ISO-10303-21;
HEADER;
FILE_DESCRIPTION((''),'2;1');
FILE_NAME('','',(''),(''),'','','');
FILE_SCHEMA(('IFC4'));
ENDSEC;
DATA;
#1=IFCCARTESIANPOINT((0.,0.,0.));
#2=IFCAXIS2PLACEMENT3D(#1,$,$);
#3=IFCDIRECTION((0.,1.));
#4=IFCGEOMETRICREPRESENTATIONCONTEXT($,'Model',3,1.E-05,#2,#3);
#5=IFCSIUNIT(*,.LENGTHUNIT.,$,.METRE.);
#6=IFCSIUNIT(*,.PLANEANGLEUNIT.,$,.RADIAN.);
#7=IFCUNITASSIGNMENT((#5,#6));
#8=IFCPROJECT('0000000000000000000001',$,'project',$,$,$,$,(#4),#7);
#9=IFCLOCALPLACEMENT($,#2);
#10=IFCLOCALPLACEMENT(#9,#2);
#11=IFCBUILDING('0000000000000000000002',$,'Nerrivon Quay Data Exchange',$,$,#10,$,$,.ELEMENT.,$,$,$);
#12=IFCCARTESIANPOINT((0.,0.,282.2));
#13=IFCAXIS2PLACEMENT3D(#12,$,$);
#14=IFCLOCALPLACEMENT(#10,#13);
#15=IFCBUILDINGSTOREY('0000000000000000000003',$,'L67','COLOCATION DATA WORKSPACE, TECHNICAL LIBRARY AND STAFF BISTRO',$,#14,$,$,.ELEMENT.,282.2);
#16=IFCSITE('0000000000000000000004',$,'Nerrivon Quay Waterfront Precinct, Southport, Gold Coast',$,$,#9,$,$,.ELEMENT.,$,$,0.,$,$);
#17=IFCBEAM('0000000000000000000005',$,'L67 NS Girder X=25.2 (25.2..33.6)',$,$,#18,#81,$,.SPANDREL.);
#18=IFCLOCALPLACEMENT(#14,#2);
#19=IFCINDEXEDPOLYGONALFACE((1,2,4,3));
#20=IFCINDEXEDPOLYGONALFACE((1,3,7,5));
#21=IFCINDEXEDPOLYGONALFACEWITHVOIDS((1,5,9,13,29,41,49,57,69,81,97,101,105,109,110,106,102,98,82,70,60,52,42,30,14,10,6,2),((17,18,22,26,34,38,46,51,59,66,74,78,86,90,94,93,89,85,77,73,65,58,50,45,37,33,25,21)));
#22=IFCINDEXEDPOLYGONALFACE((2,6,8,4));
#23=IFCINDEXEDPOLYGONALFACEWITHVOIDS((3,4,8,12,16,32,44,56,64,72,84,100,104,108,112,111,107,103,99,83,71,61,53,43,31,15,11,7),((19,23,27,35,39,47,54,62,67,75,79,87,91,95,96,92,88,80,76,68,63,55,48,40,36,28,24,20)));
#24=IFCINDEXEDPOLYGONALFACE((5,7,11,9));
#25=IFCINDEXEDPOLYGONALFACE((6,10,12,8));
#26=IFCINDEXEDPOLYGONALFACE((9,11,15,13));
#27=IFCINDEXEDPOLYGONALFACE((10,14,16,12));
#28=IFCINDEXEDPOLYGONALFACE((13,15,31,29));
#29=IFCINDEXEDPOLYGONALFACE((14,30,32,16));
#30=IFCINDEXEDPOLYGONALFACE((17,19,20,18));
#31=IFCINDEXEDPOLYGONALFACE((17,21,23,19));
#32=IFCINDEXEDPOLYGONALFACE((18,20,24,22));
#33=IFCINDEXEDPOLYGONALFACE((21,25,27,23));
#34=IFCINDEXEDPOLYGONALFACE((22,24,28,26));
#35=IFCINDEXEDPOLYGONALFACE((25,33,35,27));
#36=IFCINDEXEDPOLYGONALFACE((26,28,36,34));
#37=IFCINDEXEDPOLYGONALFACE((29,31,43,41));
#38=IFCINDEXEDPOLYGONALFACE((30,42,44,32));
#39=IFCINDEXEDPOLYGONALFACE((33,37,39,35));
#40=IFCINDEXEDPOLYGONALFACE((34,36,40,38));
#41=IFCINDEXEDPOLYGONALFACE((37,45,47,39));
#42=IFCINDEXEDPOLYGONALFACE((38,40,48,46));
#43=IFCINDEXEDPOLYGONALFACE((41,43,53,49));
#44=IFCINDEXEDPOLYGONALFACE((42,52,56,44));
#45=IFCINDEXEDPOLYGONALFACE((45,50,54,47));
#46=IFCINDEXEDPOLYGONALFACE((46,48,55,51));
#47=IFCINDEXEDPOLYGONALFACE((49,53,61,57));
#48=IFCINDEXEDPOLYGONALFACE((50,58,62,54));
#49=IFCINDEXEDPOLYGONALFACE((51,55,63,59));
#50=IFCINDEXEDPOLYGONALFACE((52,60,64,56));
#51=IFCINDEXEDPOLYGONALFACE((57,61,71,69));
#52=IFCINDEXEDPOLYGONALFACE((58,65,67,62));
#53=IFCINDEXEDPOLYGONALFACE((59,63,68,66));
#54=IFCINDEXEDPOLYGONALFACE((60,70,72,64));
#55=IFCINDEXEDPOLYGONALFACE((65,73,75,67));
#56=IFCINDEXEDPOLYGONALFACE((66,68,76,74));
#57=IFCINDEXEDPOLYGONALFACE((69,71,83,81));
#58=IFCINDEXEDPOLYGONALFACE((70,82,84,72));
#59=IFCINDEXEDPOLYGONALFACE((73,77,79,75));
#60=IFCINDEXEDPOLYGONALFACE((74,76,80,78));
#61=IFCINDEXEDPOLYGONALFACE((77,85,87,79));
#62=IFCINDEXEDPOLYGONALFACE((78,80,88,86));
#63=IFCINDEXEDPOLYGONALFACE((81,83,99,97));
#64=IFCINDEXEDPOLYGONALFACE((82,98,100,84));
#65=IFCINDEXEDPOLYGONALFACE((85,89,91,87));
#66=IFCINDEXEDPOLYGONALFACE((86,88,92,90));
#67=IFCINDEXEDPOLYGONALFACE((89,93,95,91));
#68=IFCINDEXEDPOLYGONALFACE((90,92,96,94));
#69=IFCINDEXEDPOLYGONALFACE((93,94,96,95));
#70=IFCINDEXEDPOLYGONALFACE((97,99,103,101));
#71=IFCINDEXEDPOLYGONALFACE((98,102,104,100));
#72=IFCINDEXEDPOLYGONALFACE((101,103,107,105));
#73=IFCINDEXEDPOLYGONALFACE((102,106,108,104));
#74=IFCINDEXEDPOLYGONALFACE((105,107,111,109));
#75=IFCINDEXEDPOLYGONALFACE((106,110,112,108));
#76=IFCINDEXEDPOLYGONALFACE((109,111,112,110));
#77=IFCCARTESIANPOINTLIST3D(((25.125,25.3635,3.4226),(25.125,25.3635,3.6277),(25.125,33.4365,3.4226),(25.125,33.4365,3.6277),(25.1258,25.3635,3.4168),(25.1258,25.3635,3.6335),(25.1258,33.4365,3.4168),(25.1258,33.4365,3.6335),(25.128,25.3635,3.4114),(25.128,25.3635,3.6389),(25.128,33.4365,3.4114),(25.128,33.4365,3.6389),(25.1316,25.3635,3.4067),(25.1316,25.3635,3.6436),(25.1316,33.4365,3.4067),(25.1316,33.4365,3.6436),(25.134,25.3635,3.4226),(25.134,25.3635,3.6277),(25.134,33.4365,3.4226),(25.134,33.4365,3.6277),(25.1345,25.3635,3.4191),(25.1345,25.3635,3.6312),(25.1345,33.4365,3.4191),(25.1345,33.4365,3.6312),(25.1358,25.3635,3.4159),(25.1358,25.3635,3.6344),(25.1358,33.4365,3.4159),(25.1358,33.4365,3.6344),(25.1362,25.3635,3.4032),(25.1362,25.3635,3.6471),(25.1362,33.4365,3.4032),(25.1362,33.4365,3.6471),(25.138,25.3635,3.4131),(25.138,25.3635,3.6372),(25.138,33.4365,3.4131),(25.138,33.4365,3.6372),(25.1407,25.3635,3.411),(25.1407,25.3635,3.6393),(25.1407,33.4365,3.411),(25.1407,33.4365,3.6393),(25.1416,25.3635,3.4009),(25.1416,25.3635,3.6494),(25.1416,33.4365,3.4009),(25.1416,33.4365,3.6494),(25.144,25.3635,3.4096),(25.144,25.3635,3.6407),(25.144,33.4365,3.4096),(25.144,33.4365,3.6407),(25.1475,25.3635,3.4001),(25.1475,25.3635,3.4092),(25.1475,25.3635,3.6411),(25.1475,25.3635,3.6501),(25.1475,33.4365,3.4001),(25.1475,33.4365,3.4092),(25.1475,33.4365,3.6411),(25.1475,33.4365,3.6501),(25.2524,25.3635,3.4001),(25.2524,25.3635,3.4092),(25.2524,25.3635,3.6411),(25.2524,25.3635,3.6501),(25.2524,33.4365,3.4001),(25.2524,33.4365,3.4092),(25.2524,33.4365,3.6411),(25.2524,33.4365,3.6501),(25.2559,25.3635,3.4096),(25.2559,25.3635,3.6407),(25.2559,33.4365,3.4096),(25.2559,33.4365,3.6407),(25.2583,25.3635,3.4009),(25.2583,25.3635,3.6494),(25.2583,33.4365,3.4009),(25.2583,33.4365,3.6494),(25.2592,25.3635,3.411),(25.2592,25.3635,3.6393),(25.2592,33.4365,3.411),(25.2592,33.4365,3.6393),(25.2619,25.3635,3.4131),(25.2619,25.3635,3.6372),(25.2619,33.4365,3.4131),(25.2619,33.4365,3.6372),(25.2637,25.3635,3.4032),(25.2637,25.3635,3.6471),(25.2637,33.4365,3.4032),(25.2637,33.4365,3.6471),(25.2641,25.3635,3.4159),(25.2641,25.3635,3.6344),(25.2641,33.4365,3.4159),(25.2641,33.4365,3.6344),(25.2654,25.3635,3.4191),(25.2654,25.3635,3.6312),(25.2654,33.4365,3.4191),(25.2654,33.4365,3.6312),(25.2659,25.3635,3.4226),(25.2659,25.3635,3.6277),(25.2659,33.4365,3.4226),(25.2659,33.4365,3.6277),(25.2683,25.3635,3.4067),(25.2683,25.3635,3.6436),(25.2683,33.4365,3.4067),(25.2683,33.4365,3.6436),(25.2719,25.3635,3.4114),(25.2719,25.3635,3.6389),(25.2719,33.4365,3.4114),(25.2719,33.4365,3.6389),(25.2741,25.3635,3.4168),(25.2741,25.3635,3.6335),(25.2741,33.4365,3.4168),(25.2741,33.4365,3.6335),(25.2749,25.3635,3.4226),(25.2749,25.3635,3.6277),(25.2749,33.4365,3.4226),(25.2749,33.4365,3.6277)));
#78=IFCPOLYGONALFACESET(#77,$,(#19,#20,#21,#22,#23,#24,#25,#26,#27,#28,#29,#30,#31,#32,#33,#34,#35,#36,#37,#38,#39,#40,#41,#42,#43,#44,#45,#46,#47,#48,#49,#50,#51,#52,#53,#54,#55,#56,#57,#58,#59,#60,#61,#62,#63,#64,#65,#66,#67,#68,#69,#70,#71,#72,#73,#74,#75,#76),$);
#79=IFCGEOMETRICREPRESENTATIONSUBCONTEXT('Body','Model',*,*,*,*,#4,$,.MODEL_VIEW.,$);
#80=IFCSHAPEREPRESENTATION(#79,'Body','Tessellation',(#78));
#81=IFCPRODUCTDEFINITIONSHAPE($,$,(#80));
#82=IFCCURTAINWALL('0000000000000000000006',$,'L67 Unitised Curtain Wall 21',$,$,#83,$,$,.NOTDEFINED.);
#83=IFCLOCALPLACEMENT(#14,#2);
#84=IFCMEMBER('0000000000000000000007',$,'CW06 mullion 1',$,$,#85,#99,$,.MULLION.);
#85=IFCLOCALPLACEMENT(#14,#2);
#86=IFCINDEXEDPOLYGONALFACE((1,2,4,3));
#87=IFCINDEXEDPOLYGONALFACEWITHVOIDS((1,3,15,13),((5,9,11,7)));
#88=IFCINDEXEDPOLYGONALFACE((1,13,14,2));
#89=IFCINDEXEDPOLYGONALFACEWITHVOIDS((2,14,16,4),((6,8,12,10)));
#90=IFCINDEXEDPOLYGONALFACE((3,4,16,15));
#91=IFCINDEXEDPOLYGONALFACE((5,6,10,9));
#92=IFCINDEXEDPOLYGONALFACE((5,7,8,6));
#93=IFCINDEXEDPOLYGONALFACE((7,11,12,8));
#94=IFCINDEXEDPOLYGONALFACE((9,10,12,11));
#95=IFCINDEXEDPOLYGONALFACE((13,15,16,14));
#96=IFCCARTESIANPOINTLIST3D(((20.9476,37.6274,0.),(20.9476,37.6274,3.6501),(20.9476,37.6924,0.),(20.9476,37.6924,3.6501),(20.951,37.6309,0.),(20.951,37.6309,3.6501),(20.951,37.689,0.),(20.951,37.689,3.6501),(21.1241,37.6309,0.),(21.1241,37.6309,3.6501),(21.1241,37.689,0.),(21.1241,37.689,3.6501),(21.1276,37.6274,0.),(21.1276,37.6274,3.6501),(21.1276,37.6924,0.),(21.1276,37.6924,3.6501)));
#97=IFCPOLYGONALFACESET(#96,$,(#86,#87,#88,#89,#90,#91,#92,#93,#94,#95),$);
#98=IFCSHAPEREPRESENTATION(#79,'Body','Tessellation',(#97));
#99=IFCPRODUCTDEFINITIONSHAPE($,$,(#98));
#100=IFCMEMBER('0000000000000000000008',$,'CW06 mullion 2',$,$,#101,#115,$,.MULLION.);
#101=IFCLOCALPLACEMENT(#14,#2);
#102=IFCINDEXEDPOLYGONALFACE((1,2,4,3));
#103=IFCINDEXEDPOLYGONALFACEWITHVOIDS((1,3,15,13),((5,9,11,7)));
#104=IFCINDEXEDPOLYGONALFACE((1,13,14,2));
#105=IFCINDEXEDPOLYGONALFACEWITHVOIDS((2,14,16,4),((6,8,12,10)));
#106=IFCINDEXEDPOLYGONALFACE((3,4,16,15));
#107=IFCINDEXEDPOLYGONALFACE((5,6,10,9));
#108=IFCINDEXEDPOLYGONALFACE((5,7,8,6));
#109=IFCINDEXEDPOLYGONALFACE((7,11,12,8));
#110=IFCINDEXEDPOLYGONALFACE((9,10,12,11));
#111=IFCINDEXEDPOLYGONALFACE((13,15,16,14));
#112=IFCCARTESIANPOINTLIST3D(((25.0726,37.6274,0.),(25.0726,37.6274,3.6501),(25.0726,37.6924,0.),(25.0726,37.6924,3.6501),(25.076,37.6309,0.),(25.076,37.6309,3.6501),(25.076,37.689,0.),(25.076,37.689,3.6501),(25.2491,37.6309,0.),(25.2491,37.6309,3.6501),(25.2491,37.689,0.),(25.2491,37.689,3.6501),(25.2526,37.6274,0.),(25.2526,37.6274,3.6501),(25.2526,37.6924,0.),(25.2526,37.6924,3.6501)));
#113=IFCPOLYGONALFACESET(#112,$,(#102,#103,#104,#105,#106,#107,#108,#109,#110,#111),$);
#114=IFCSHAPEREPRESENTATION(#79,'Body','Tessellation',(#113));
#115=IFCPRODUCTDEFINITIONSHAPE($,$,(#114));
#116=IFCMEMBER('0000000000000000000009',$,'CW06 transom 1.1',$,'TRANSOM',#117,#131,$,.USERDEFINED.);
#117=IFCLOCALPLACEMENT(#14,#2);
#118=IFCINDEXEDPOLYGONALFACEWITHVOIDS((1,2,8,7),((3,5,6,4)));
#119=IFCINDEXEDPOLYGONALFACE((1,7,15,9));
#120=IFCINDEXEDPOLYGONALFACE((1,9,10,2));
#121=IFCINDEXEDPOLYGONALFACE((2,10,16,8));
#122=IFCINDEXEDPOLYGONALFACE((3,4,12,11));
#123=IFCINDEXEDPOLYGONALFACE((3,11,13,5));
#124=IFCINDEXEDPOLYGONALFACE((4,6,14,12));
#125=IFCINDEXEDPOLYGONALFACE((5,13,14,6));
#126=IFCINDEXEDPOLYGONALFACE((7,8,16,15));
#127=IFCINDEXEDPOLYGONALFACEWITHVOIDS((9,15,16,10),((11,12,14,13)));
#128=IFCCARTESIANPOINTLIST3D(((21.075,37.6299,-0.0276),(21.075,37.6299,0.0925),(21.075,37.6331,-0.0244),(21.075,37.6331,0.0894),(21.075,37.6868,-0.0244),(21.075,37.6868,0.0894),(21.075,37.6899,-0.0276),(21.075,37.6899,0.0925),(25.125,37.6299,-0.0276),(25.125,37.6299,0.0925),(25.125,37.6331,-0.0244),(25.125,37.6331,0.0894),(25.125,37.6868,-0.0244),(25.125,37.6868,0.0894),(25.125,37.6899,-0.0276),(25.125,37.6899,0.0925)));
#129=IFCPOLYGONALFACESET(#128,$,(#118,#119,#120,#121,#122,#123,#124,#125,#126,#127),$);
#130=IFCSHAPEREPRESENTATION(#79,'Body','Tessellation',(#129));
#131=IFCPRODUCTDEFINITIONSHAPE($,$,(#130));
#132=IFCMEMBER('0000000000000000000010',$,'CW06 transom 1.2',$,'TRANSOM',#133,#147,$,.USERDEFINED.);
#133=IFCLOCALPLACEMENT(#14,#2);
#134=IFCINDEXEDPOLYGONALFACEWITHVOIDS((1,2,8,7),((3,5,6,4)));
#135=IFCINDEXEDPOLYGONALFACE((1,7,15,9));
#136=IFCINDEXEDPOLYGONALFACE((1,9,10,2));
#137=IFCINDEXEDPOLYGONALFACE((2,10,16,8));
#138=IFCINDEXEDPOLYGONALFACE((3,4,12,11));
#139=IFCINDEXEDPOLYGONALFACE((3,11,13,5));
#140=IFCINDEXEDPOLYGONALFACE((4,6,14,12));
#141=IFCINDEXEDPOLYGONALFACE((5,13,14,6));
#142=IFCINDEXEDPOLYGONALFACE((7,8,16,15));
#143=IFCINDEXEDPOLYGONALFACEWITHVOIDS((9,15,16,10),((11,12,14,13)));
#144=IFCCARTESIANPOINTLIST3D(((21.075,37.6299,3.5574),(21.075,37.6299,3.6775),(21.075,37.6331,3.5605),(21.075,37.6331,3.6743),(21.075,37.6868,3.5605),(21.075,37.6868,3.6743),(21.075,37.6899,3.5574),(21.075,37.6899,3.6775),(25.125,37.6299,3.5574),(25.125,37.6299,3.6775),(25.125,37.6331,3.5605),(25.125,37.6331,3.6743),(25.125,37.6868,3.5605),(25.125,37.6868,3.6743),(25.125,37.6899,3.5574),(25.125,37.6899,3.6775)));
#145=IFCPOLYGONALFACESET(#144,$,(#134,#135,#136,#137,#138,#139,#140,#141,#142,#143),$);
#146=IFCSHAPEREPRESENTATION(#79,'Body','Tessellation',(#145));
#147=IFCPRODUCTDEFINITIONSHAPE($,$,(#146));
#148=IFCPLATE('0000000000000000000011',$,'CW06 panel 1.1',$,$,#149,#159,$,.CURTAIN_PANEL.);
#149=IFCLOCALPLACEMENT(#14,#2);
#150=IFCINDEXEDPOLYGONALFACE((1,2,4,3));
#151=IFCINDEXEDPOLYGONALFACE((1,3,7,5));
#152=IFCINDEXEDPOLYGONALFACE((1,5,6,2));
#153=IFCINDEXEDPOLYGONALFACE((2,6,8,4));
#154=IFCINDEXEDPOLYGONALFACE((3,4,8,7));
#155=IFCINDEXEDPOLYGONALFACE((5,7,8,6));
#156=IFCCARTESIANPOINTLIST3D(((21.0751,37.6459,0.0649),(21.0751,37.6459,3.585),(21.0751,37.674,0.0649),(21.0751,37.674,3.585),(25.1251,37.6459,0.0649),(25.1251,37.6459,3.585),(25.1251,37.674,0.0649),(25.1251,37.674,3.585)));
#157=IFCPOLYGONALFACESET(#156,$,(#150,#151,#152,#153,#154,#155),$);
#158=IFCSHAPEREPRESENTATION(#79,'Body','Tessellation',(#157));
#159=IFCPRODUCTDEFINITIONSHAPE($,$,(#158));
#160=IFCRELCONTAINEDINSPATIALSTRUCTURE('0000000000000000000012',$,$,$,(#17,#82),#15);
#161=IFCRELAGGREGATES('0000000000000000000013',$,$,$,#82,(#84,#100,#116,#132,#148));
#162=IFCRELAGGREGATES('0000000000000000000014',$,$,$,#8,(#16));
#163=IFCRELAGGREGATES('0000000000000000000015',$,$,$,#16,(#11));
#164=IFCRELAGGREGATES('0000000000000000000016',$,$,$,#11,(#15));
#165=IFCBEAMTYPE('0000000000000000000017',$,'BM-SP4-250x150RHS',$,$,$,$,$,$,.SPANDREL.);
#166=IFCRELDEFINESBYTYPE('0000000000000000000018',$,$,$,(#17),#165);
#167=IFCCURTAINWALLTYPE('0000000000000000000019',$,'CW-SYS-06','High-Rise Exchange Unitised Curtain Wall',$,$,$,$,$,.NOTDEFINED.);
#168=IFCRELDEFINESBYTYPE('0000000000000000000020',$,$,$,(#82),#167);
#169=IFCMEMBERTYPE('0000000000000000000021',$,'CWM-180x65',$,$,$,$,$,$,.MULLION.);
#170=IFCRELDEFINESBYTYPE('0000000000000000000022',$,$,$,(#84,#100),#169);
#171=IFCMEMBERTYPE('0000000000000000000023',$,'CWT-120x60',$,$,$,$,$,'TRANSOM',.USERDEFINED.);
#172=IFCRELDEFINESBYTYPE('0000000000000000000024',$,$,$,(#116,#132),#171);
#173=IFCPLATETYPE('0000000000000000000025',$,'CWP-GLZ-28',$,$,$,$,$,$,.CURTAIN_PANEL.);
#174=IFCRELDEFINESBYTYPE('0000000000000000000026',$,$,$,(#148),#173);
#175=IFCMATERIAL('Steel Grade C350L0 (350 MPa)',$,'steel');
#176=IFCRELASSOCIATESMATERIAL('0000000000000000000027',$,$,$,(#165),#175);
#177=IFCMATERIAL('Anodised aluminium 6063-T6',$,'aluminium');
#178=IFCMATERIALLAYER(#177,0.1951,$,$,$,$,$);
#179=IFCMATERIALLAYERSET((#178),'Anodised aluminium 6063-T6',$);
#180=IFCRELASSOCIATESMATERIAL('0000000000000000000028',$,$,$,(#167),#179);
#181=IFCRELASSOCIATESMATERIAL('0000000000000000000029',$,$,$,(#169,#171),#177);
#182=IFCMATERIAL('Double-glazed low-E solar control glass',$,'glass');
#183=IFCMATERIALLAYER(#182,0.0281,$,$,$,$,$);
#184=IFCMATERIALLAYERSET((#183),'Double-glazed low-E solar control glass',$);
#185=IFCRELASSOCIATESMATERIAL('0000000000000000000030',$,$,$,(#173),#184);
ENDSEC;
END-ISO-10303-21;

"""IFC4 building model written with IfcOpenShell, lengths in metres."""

from ifc_helpers import new_model, si_unit, direction, frame, origin, origin_2d, place, context, subcontext, project, spatial, rectangle, hollow_rectangle, extrude, material, layer, layer_set, material_profile, profile_set, type_object, element, aggregate, save


model = new_model("IFC4")

# Units and contexts
model_context = context("Model", 3, precision=1e-05, world=origin(), true_north=direction((0.0, 1.0)))
body_context = subcontext(model_context, "Body", "Model", "MODEL_VIEW")
ifc_project = project(units=[si_unit("LENGTHUNIT", "METRE"), si_unit("PLANEANGLEUNIT", "RADIAN")], contexts=[model_context])

# Site, building, storey
site_placement = place(None, origin())
site = spatial("IfcSite", under=ifc_project, at=site_placement, Name="Nerrivon Quay Waterfront Precinct, Southport, Gold Coast", CompositionType="ELEMENT", RefElevation=0.0)
building_placement = place(site_placement, origin())
building = spatial("IfcBuilding", under=site, at=building_placement, Name="Nerrivon Quay Data Exchange", CompositionType="ELEMENT")
storey_placement = place(building_placement, frame((0.0, 0.0, 282.2)))
storey = spatial("IfcBuildingStorey", under=building, at=storey_placement, Name="L67", Description="COLOCATION DATA WORKSPACE, TECHNICAL LIBRARY AND STAFF BISTRO", CompositionType="ELEMENT", Elevation=282.2)

# Beam
ifc_material_1 = material(Name="Steel Grade C350L0 (350 MPa)", Category="steel")
ifc_material_profile_1 = material_profile(ifc_material_1, hollow_rectangle(XDim=0.1499, YDim=0.25, WallThickness=0.009, InnerFilletRadius=0.0134, OuterFilletRadius=0.0225, at=origin_2d()), Name="250x150x9.0RHS")
ifc_profile_set_1 = profile_set([ifc_material_profile_1], Name="Steel Grade C350L0 (350 MPa)")
beam_type = type_object("IfcBeamType", Name="BM-SP4-250x150RHS", PredefinedType="SPANDREL", material=ifc_profile_set_1)
beam_placement = place(storey_placement, frame((25.2, 25.3635, 3.5251), z_axis=(0.0, 1.0, 0.0), x_axis=(-1.0, 0.0, 0.0)))
element("IfcBeam", 1, at=beam_placement, inside=storey, type_object=beam_type, Name="L67 NS Girder X=25.2 (25.2..33.6)", PredefinedType="SPANDREL", context=body_context, shape_type="SweptSolid", body=[
    extrude(hollow_rectangle(XDim=0.1499, YDim=0.25, WallThickness=0.009, InnerFilletRadius=0.0134, OuterFilletRadius=0.0225, at=origin_2d()), origin(), (0.0, 0.0, 1.0), 8.073),
])

# Curtain wall, members, plate
ifc_material_2 = material(Name="Anodised aluminium 6063-T6", Category="aluminium")
ifc_layer_1 = layer(ifc_material_2, 0.1951)
ifc_layer_set_1 = layer_set([ifc_layer_1], Name="Anodised aluminium 6063-T6")
curtain_wall_type = type_object("IfcCurtainWallType", Name="CW-SYS-06", Description="High-Rise Exchange Unitised Curtain Wall", PredefinedType="NOTDEFINED", material=ifc_layer_set_1)
curtain_wall_placement = place(storey_placement, origin())
curtain_wall = element("IfcCurtainWall", 2, at=curtain_wall_placement, inside=storey, type_object=curtain_wall_type, Name="L67 Unitised Curtain Wall 21", PredefinedType="NOTDEFINED")
ifc_material_profile_2 = material_profile(ifc_material_2, hollow_rectangle(XDim=0.0649, YDim=0.1799, WallThickness=0.0034, at=origin_2d()), Name="ALU-MULL-180x65")
ifc_profile_set_2 = profile_set([ifc_material_profile_2], Name="Anodised aluminium 6063-T6")
member_type_1 = type_object("IfcMemberType", Name="CWM-180x65", PredefinedType="MULLION", material=ifc_profile_set_2)
member_1_placement = place(storey_placement, frame((21.0376, 37.6599, 0.0), z_axis=(0.0, 0.0, 1.0), x_axis=(0.0, 1.0, 0.0)))
member_1 = element("IfcMember", 3, at=member_1_placement, type_object=member_type_1, Name="CW06 mullion 1", PredefinedType="MULLION", context=body_context, shape_type="SweptSolid", body=[
    extrude(hollow_rectangle(XDim=0.0649, YDim=0.1799, WallThickness=0.0034, at=origin_2d()), origin(), (0.0, 0.0, 1.0), 3.6501),
])
member_2_placement = place(storey_placement, frame((25.1626, 37.6599, 0.0), z_axis=(0.0, 0.0, 1.0), x_axis=(0.0, 1.0, 0.0)))
member_2 = element("IfcMember", 4, at=member_2_placement, type_object=member_type_1, Name="CW06 mullion 2", PredefinedType="MULLION", context=body_context, shape_type="SweptSolid", body=[
    extrude(hollow_rectangle(XDim=0.0649, YDim=0.1799, WallThickness=0.0034, at=origin_2d()), origin(), (0.0, 0.0, 1.0), 3.6501),
])
ifc_material_profile_3 = material_profile(ifc_material_2, hollow_rectangle(XDim=0.0601, YDim=0.1201, WallThickness=0.0032, at=origin_2d()), Name="ALU-TRAN-120x60")
ifc_profile_set_3 = profile_set([ifc_material_profile_3], Name="Anodised aluminium 6063-T6")
member_type_2 = type_object("IfcMemberType", Name="CWT-120x60", ElementType="TRANSOM", PredefinedType="USERDEFINED", material=ifc_profile_set_3)
member_3_placement = place(storey_placement, frame((21.075, 37.6599, 0.0325), z_axis=(1.0, 0.0, 0.0), x_axis=(0.0, 1.0, 0.0)))
member_3 = element("IfcMember", 5, at=member_3_placement, type_object=member_type_2, Name="CW06 transom 1.1", ObjectType="TRANSOM", PredefinedType="USERDEFINED", context=body_context, shape_type="SweptSolid", body=[
    extrude(hollow_rectangle(XDim=0.0601, YDim=0.1201, WallThickness=0.0032, at=origin_2d()), origin(), (0.0, 0.0, 1.0), 4.05),
])
member_4_placement = place(storey_placement, frame((21.075, 37.6599, 3.6174), z_axis=(1.0, 0.0, 0.0), x_axis=(0.0, 1.0, 0.0)))
member_4 = element("IfcMember", 6, at=member_4_placement, type_object=member_type_2, Name="CW06 transom 1.2", ObjectType="TRANSOM", PredefinedType="USERDEFINED", context=body_context, shape_type="SweptSolid", body=[
    extrude(hollow_rectangle(XDim=0.0601, YDim=0.1201, WallThickness=0.0032, at=origin_2d()), origin(), (0.0, 0.0, 1.0), 4.05),
])
ifc_material_3 = material(Name="Double-glazed low-E solar control glass", Category="glass")
ifc_layer_2 = layer(ifc_material_3, 0.0281)
ifc_layer_set_2 = layer_set([ifc_layer_2], Name="Double-glazed low-E solar control glass")
plate_type = type_object("IfcPlateType", Name="CWP-GLZ-28", PredefinedType="CURTAIN_PANEL", material=ifc_layer_set_2)
plate_placement = place(storey_placement, frame((23.1001, 37.6599, 0.0649), z_axis=(0.0, 0.0, 1.0), x_axis=(1.0, 0.0, 0.0)))
plate = element("IfcPlate", 7, at=plate_placement, type_object=plate_type, Name="CW06 panel 1.1", PredefinedType="CURTAIN_PANEL", context=body_context, shape_type="SweptSolid", body=[
    extrude(rectangle(XDim=4.05, YDim=0.0281, at=origin_2d()), origin(), (0.0, 0.0, 1.0), 3.52),
])
aggregate(curtain_wall, [member_1, member_2, member_3, member_4, plate])

save(model, "model.ifc")
